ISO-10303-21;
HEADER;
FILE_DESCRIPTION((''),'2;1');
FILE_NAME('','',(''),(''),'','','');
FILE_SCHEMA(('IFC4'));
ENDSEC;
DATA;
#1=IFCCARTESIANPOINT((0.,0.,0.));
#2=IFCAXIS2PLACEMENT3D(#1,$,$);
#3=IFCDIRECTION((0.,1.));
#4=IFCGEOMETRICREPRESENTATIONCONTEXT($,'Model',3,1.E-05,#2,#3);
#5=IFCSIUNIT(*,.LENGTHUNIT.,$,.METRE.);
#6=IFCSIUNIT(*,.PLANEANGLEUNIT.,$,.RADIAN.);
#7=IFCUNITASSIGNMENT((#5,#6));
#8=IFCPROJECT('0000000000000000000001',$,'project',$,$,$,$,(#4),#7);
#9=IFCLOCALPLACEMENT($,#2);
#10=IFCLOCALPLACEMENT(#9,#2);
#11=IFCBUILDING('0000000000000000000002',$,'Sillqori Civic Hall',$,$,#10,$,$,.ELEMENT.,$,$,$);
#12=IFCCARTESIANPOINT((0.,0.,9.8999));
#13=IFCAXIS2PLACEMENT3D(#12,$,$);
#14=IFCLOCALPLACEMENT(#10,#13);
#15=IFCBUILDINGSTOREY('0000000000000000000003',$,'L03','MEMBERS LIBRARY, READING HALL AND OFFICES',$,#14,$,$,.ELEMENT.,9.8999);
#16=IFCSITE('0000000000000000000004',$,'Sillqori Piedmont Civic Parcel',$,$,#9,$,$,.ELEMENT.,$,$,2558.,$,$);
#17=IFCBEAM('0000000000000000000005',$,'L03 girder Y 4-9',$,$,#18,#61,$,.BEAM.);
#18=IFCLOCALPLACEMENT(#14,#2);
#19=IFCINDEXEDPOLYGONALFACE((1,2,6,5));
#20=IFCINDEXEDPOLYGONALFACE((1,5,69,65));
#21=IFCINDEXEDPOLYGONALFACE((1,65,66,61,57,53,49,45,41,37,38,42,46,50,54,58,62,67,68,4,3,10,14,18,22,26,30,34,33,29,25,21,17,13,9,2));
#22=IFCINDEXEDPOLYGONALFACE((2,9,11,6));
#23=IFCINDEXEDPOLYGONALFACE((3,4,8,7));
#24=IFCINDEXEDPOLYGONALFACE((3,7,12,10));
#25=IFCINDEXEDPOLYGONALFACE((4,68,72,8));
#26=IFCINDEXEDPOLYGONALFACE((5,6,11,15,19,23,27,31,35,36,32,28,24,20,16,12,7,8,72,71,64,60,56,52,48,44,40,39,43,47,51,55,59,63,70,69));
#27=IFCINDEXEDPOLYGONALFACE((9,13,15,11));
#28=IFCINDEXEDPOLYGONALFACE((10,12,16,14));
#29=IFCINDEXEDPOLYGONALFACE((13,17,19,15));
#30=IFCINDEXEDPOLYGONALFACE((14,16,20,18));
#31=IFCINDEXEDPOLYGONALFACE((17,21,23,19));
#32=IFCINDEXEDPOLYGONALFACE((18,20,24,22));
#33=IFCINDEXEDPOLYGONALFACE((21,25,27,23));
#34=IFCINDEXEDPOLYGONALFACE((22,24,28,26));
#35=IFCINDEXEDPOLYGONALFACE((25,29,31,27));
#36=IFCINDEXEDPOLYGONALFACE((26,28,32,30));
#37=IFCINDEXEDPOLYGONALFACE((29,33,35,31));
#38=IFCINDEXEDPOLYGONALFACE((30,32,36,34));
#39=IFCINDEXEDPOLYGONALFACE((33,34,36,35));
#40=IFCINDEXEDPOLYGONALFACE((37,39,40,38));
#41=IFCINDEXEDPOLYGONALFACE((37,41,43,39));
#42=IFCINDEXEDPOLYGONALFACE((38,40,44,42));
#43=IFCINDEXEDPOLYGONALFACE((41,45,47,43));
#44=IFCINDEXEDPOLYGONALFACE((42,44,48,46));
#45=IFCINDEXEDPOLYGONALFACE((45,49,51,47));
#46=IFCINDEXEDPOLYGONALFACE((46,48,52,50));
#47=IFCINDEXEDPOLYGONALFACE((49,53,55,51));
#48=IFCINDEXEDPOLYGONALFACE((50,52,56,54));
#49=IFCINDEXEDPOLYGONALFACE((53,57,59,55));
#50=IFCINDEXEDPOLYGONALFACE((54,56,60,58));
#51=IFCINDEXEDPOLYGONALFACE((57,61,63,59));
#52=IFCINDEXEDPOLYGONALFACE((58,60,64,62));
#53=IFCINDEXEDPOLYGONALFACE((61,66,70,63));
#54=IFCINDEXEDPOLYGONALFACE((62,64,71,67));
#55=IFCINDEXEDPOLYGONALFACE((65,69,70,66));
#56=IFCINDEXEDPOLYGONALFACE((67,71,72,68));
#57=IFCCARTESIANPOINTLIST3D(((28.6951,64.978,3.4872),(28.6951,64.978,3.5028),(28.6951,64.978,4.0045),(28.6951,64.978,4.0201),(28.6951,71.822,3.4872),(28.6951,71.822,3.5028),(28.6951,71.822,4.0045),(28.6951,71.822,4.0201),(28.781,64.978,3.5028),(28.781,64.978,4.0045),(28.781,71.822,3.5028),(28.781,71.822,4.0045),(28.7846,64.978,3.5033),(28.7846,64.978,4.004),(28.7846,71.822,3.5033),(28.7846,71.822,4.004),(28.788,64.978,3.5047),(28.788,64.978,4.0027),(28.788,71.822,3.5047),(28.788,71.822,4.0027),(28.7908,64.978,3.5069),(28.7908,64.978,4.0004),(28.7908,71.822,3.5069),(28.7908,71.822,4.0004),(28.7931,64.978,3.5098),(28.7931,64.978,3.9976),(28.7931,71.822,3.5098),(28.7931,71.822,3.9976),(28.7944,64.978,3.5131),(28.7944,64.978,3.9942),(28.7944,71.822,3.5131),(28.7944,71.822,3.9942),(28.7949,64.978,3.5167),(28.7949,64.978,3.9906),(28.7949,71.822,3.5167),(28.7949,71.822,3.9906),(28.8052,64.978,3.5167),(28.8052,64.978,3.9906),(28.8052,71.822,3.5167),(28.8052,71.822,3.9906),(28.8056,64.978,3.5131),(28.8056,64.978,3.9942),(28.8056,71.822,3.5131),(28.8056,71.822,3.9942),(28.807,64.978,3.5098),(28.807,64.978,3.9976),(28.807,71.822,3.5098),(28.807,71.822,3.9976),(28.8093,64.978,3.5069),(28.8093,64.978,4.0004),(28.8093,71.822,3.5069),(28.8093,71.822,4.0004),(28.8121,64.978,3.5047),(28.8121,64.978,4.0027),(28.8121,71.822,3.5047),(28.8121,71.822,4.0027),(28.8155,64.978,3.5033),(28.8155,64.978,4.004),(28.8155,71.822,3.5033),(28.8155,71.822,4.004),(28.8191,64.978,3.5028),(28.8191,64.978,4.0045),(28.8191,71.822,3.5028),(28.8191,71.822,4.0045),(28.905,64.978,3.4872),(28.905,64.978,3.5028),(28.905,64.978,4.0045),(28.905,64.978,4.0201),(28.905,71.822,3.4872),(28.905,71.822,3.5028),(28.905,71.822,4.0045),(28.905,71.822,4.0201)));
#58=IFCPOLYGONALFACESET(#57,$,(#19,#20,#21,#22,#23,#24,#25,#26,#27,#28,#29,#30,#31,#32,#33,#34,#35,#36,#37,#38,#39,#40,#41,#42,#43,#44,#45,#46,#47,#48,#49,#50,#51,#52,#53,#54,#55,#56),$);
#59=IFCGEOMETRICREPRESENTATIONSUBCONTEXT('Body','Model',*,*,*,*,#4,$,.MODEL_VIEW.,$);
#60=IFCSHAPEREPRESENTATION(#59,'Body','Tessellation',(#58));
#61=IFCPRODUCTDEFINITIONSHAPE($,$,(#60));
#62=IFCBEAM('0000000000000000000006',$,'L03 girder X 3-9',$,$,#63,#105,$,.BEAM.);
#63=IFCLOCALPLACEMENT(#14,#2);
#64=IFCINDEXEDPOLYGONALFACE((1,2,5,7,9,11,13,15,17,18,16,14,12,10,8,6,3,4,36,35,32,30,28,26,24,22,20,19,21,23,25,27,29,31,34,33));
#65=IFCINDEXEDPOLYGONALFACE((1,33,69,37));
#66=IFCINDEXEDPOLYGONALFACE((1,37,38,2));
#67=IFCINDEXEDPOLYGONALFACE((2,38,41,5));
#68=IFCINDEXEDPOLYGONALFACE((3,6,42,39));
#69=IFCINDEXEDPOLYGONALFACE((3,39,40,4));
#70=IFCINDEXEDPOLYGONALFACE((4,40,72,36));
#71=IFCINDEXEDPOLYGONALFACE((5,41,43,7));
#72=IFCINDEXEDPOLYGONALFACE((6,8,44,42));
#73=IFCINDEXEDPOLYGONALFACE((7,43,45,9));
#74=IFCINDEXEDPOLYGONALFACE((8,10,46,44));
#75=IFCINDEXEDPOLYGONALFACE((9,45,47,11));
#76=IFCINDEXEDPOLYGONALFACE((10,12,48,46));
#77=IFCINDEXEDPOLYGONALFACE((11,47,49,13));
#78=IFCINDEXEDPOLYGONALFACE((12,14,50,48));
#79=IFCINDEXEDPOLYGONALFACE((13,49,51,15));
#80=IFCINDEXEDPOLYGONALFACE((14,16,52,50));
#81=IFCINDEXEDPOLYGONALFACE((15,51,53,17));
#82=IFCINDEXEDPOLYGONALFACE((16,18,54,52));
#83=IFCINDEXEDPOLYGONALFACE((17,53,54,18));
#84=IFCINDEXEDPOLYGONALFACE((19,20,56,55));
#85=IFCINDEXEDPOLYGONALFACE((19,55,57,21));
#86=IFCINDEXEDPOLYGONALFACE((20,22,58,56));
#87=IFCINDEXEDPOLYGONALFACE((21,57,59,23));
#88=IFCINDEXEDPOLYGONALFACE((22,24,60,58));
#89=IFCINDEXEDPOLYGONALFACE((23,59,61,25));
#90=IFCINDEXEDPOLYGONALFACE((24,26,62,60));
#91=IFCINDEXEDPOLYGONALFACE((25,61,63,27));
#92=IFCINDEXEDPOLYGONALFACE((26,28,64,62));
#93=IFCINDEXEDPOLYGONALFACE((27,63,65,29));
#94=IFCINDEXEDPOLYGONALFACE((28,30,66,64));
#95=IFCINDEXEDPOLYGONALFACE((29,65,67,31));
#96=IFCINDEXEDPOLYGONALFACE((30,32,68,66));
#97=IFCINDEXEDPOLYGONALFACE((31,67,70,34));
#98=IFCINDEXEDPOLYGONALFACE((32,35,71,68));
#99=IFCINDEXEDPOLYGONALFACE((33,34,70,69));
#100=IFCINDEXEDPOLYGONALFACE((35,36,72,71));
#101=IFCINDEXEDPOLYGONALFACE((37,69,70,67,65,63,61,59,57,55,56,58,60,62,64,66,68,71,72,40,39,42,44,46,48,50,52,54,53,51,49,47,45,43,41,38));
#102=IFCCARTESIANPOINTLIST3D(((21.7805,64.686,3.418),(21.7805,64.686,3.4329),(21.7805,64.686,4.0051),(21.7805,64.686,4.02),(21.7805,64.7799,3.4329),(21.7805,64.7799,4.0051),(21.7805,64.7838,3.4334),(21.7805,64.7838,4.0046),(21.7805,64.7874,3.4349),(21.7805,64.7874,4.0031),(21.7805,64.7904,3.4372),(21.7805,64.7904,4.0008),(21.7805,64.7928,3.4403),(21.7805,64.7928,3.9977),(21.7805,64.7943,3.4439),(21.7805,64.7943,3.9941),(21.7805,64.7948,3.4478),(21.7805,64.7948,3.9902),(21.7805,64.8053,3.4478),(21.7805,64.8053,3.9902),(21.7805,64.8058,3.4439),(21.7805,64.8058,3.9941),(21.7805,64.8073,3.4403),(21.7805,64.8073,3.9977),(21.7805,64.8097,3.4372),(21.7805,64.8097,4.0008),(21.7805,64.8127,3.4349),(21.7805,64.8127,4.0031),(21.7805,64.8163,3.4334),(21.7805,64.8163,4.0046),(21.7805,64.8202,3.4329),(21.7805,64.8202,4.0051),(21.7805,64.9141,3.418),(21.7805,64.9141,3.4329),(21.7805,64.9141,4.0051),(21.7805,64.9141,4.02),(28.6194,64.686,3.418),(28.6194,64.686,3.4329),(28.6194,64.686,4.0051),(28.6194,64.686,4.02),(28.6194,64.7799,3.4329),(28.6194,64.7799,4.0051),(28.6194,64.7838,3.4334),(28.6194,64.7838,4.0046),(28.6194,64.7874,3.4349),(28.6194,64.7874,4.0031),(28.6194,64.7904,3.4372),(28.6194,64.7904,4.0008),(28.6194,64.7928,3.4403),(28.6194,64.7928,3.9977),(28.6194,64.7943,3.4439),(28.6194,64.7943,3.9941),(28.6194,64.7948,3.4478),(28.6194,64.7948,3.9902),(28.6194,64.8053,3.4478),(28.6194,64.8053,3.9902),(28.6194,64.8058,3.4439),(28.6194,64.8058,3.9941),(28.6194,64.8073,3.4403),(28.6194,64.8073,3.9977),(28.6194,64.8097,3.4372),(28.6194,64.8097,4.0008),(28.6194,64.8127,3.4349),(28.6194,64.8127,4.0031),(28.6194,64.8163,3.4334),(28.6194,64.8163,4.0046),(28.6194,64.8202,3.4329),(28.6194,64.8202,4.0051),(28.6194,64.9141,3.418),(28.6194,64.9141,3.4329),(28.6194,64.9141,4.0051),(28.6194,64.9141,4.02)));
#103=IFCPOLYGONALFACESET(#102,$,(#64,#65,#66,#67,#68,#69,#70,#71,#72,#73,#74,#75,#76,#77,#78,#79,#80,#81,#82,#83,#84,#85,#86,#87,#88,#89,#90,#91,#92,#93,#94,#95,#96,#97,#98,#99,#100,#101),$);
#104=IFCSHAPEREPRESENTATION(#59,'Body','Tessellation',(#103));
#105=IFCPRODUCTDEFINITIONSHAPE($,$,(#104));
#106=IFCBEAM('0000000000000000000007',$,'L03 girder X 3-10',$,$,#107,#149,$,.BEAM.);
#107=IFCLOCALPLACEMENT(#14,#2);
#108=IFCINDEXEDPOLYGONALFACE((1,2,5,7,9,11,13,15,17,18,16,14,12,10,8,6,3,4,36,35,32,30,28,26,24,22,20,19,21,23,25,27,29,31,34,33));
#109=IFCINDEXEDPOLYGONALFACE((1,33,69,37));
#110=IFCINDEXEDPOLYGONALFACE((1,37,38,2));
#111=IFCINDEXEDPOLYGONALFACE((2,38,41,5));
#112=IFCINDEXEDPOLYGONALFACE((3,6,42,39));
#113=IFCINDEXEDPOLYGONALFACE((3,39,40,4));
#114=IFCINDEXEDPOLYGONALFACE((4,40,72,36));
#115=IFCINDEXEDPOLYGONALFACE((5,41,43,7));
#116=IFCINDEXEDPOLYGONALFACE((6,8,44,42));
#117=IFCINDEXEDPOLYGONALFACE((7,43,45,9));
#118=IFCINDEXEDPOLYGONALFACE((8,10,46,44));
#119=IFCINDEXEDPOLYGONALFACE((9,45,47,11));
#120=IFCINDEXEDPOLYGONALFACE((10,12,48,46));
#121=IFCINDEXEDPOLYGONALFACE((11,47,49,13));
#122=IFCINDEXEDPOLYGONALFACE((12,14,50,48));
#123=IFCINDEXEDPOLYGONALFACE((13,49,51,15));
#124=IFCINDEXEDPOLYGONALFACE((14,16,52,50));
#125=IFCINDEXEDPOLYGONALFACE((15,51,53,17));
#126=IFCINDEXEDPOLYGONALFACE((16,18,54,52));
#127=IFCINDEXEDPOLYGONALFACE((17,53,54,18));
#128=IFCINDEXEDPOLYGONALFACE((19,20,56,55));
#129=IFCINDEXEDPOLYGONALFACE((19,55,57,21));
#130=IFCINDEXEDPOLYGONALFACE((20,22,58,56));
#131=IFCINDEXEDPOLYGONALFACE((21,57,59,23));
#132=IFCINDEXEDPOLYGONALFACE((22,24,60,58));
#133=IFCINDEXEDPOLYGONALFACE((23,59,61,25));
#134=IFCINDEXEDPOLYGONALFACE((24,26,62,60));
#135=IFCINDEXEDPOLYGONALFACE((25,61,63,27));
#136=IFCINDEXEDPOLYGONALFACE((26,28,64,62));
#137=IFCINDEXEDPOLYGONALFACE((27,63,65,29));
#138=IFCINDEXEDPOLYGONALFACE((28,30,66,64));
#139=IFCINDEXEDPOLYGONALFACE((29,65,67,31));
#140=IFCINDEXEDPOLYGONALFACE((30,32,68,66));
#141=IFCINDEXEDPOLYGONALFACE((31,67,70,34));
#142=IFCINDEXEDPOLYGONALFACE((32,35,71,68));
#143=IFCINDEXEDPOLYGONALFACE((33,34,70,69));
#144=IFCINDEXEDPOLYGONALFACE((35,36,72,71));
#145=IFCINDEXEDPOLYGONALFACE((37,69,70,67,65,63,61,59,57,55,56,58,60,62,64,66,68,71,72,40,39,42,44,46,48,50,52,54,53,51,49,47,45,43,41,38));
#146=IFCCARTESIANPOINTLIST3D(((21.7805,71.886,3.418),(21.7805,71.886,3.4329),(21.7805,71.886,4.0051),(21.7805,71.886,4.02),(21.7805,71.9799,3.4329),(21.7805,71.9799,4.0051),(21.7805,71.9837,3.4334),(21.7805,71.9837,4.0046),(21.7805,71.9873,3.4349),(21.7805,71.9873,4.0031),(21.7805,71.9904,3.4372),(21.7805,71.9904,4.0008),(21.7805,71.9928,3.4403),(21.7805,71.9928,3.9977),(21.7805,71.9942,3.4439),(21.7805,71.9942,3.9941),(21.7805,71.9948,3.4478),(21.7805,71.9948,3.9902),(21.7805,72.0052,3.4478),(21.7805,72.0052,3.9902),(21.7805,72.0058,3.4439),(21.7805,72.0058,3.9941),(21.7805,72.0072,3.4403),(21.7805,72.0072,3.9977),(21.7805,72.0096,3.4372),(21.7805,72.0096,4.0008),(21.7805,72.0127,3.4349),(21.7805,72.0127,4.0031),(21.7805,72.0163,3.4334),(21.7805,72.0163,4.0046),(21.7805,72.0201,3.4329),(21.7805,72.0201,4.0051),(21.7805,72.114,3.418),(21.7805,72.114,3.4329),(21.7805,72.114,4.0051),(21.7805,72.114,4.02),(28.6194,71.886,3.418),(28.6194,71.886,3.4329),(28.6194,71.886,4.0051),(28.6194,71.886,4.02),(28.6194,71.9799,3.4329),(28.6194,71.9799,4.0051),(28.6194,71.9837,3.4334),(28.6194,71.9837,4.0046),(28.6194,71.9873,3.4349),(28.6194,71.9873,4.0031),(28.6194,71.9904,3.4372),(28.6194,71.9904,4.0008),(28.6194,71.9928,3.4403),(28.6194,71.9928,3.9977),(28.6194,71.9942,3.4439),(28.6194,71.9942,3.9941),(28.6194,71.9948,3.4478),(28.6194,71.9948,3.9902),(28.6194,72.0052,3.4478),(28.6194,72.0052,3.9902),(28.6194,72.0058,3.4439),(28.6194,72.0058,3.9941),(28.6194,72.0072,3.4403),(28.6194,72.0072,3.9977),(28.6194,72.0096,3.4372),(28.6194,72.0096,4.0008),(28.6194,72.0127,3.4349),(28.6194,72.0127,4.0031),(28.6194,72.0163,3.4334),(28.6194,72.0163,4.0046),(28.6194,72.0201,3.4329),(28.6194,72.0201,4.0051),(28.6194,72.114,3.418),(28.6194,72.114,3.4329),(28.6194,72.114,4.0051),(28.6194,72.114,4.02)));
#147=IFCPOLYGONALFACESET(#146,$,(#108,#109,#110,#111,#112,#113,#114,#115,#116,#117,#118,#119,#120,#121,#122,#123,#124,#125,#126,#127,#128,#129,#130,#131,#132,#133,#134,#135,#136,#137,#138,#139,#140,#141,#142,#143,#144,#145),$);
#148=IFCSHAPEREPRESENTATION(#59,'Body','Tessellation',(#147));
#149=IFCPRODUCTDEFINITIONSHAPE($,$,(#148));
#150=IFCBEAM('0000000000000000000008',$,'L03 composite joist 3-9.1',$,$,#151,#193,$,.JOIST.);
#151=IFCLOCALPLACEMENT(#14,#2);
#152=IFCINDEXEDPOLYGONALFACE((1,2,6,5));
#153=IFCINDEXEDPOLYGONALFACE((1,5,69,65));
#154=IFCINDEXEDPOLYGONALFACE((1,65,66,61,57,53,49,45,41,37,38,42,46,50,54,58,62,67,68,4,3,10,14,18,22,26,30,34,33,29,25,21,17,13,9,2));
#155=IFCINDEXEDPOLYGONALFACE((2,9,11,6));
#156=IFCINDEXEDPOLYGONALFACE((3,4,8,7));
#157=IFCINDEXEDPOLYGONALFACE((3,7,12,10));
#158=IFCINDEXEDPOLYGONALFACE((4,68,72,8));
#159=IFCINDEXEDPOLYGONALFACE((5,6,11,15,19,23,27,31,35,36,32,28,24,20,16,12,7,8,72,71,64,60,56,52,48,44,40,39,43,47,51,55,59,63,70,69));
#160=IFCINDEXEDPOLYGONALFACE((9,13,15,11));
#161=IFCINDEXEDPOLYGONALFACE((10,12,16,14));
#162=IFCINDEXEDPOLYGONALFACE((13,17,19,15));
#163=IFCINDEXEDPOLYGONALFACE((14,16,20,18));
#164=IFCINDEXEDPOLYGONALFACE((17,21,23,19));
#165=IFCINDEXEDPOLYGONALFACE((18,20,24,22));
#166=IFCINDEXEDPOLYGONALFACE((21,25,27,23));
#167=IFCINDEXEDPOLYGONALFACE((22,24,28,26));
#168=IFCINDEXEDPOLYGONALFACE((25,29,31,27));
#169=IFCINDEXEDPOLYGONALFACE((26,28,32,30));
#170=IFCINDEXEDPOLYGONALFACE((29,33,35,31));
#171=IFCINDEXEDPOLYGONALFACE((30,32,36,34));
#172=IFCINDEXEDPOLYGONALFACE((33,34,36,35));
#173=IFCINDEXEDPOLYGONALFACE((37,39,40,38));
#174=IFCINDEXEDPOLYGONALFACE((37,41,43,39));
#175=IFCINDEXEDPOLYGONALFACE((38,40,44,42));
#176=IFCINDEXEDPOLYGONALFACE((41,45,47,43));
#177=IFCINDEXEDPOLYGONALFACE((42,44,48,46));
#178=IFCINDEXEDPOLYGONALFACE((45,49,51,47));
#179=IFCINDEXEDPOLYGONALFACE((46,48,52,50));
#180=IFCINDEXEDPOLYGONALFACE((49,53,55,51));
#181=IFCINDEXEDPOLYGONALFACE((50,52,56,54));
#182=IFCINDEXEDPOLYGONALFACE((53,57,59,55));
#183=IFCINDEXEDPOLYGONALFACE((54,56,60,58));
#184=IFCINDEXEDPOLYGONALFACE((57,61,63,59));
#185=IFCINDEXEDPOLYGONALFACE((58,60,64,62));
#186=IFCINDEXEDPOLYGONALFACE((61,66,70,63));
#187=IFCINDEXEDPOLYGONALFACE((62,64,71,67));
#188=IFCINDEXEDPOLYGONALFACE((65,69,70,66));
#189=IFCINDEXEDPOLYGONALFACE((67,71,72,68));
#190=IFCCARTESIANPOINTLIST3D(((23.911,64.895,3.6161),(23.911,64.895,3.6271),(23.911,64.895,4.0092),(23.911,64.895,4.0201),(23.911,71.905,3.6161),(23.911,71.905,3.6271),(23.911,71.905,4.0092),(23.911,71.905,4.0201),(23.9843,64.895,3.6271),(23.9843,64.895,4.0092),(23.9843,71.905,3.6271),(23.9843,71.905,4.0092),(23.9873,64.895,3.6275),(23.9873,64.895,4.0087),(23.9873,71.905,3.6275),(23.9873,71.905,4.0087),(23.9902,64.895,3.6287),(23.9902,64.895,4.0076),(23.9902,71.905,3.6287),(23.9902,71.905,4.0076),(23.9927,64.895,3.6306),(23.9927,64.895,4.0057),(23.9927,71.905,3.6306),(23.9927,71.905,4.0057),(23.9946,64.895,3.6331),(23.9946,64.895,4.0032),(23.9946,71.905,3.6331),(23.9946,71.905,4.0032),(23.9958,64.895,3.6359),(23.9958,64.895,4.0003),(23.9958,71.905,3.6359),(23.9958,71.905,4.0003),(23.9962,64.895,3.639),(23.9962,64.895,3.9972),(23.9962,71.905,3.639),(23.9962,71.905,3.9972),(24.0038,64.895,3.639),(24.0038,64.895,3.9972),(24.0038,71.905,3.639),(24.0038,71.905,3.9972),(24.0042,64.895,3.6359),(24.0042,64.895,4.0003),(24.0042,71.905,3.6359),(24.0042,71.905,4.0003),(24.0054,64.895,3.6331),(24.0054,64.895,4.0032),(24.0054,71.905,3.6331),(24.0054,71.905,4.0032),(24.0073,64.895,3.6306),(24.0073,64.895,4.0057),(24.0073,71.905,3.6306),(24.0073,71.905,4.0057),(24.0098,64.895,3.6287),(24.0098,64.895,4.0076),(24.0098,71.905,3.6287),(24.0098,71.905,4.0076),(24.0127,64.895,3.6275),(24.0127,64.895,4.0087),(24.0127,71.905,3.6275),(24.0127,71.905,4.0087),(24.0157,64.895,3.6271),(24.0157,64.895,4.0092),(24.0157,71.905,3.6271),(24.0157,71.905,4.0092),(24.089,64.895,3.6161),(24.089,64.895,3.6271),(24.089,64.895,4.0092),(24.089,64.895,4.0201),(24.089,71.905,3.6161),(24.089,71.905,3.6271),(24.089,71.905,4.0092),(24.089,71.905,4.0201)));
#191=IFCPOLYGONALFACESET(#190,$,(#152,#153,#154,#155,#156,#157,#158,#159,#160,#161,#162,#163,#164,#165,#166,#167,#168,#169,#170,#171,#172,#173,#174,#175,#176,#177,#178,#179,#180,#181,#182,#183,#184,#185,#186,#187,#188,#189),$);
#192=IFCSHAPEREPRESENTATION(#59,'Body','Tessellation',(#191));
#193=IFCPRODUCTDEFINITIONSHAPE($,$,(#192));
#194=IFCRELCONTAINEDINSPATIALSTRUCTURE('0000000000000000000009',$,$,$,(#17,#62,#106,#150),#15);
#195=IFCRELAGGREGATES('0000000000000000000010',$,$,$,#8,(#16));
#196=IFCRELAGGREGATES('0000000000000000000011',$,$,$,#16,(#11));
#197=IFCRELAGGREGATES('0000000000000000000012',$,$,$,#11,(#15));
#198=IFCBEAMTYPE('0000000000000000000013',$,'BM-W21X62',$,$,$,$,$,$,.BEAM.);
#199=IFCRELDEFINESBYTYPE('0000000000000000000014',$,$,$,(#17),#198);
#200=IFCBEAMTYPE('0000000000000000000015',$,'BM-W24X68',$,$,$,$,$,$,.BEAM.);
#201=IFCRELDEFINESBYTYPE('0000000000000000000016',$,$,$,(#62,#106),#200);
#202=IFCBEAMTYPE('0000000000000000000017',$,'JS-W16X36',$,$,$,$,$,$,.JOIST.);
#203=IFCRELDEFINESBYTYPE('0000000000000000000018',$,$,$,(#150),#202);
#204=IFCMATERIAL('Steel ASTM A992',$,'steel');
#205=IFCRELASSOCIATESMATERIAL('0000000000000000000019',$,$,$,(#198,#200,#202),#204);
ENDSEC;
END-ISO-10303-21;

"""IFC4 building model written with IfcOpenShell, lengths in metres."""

from ifc_helpers import new_model, si_unit, direction, frame, origin, origin_2d, place, context, subcontext, project, spatial, i_section, extrude, material, material_profile, profile_set, type_object, element, save


model = new_model("IFC4")

# Units and contexts
model_context = context("Model", 3, precision=1e-05, world=origin(), true_north=direction((0.0, 1.0)))
body_context = subcontext(model_context, "Body", "Model", "MODEL_VIEW")
ifc_project = project(units=[si_unit("LENGTHUNIT", "METRE"), si_unit("PLANEANGLEUNIT", "RADIAN")], contexts=[model_context])

# Site, building, storey
site_placement = place(None, origin())
site = spatial("IfcSite", under=ifc_project, at=site_placement, Name="Sillqori Piedmont Civic Parcel", CompositionType="ELEMENT", RefElevation=2558.0)
building_placement = place(site_placement, origin())
building = spatial("IfcBuilding", under=site, at=building_placement, Name="Sillqori Civic Hall", CompositionType="ELEMENT")
storey_placement = place(building_placement, frame((0.0, 0.0, 9.8999)))
storey = spatial("IfcBuildingStorey", under=building, at=storey_placement, Name="L03", Description="MEMBERS LIBRARY, READING HALL AND OFFICES", CompositionType="ELEMENT", Elevation=9.8999)

# Shared definitions
ifc_material_1 = material(Name="Steel ASTM A992", Category="steel")

# Beams
ifc_material_profile_1 = material_profile(ifc_material_1, i_section(OverallWidth=0.21, OverallDepth=0.533, WebThickness=0.0103, FlangeThickness=0.0156, FilletRadius=0.0139, at=origin_2d()), Name="W21X62")
ifc_profile_set_1 = profile_set([ifc_material_profile_1], Name="Steel ASTM A992")
beam_type_1 = type_object("IfcBeamType", Name="BM-W21X62", PredefinedType="BEAM", material=ifc_profile_set_1)
beam_1_placement = place(storey_placement, frame((28.8, 64.978, 3.7537), z_axis=(0.0, 1.0, 0.0), x_axis=(-1.0, 0.0, 0.0)))
element("IfcBeam", 1, at=beam_1_placement, inside=storey, type_object=beam_type_1, Name="L03 girder Y 4-9", PredefinedType="BEAM", context=body_context, shape_type="SweptSolid", body=[
    extrude(i_section(OverallWidth=0.21, OverallDepth=0.533, WebThickness=0.0103, FlangeThickness=0.0156, FilletRadius=0.0139, at=origin_2d()), origin(), (0.0, 0.0, 1.0), 6.844),
])
ifc_material_profile_2 = material_profile(ifc_material_1, i_section(OverallWidth=0.228, OverallDepth=0.6021, WebThickness=0.0105, FlangeThickness=0.0149, FilletRadius=0.0149, at=origin_2d()), Name="W24X68")
ifc_profile_set_2 = profile_set([ifc_material_profile_2], Name="Steel ASTM A992")
beam_type_2 = type_object("IfcBeamType", Name="BM-W24X68", PredefinedType="BEAM", material=ifc_profile_set_2)
for number, where, z_axis, x_axis, name in (
    (2, (21.7805, 64.8, 3.719), (1.0, 0.0, 0.0), (0.0, 1.0, 0.0), "L03 girder X 3-9"),
    (3, (21.7805, 72.0, 3.719), (1.0, 0.0, 0.0), (0.0, 1.0, 0.0), "L03 girder X 3-10"),
):
    element("IfcBeam", number, at=place(storey_placement, frame(where, z_axis=z_axis, x_axis=x_axis)), inside=storey, type_object=beam_type_2, Name=name, PredefinedType="BEAM", context=body_context, shape_type="SweptSolid", body=[
        extrude(i_section(OverallWidth=0.228, OverallDepth=0.6021, WebThickness=0.0105, FlangeThickness=0.0149, FilletRadius=0.0149, at=origin_2d()), origin(), (0.0, 0.0, 1.0), 6.8389),
    ])
ifc_material_profile_3 = material_profile(ifc_material_1, i_section(OverallWidth=0.178, OverallDepth=0.4041, WebThickness=0.0076, FlangeThickness=0.011, FilletRadius=0.012, at=origin_2d()), Name="W16X36")
ifc_profile_set_3 = profile_set([ifc_material_profile_3], Name="Steel ASTM A992")
beam_type_3 = type_object("IfcBeamType", Name="JS-W16X36", PredefinedType="JOIST", material=ifc_profile_set_3)
for number, where, z_axis, x_axis, name in (
    (4, (24.0, 64.895, 3.8181), (0.0, 1.0, 0.0), (-1.0, 0.0, 0.0), "L03 composite joist 3-9.1"),
):
    element("IfcBeam", number, at=place(storey_placement, frame(where, z_axis=z_axis, x_axis=x_axis)), inside=storey, type_object=beam_type_3, Name=name, PredefinedType="JOIST", context=body_context, shape_type="SweptSolid", body=[
        extrude(i_section(OverallWidth=0.178, OverallDepth=0.4041, WebThickness=0.0076, FlangeThickness=0.011, FilletRadius=0.012, at=origin_2d()), origin(), (0.0, 0.0, 1.0), 7.01),
    ])

save(model, "model.ifc")
